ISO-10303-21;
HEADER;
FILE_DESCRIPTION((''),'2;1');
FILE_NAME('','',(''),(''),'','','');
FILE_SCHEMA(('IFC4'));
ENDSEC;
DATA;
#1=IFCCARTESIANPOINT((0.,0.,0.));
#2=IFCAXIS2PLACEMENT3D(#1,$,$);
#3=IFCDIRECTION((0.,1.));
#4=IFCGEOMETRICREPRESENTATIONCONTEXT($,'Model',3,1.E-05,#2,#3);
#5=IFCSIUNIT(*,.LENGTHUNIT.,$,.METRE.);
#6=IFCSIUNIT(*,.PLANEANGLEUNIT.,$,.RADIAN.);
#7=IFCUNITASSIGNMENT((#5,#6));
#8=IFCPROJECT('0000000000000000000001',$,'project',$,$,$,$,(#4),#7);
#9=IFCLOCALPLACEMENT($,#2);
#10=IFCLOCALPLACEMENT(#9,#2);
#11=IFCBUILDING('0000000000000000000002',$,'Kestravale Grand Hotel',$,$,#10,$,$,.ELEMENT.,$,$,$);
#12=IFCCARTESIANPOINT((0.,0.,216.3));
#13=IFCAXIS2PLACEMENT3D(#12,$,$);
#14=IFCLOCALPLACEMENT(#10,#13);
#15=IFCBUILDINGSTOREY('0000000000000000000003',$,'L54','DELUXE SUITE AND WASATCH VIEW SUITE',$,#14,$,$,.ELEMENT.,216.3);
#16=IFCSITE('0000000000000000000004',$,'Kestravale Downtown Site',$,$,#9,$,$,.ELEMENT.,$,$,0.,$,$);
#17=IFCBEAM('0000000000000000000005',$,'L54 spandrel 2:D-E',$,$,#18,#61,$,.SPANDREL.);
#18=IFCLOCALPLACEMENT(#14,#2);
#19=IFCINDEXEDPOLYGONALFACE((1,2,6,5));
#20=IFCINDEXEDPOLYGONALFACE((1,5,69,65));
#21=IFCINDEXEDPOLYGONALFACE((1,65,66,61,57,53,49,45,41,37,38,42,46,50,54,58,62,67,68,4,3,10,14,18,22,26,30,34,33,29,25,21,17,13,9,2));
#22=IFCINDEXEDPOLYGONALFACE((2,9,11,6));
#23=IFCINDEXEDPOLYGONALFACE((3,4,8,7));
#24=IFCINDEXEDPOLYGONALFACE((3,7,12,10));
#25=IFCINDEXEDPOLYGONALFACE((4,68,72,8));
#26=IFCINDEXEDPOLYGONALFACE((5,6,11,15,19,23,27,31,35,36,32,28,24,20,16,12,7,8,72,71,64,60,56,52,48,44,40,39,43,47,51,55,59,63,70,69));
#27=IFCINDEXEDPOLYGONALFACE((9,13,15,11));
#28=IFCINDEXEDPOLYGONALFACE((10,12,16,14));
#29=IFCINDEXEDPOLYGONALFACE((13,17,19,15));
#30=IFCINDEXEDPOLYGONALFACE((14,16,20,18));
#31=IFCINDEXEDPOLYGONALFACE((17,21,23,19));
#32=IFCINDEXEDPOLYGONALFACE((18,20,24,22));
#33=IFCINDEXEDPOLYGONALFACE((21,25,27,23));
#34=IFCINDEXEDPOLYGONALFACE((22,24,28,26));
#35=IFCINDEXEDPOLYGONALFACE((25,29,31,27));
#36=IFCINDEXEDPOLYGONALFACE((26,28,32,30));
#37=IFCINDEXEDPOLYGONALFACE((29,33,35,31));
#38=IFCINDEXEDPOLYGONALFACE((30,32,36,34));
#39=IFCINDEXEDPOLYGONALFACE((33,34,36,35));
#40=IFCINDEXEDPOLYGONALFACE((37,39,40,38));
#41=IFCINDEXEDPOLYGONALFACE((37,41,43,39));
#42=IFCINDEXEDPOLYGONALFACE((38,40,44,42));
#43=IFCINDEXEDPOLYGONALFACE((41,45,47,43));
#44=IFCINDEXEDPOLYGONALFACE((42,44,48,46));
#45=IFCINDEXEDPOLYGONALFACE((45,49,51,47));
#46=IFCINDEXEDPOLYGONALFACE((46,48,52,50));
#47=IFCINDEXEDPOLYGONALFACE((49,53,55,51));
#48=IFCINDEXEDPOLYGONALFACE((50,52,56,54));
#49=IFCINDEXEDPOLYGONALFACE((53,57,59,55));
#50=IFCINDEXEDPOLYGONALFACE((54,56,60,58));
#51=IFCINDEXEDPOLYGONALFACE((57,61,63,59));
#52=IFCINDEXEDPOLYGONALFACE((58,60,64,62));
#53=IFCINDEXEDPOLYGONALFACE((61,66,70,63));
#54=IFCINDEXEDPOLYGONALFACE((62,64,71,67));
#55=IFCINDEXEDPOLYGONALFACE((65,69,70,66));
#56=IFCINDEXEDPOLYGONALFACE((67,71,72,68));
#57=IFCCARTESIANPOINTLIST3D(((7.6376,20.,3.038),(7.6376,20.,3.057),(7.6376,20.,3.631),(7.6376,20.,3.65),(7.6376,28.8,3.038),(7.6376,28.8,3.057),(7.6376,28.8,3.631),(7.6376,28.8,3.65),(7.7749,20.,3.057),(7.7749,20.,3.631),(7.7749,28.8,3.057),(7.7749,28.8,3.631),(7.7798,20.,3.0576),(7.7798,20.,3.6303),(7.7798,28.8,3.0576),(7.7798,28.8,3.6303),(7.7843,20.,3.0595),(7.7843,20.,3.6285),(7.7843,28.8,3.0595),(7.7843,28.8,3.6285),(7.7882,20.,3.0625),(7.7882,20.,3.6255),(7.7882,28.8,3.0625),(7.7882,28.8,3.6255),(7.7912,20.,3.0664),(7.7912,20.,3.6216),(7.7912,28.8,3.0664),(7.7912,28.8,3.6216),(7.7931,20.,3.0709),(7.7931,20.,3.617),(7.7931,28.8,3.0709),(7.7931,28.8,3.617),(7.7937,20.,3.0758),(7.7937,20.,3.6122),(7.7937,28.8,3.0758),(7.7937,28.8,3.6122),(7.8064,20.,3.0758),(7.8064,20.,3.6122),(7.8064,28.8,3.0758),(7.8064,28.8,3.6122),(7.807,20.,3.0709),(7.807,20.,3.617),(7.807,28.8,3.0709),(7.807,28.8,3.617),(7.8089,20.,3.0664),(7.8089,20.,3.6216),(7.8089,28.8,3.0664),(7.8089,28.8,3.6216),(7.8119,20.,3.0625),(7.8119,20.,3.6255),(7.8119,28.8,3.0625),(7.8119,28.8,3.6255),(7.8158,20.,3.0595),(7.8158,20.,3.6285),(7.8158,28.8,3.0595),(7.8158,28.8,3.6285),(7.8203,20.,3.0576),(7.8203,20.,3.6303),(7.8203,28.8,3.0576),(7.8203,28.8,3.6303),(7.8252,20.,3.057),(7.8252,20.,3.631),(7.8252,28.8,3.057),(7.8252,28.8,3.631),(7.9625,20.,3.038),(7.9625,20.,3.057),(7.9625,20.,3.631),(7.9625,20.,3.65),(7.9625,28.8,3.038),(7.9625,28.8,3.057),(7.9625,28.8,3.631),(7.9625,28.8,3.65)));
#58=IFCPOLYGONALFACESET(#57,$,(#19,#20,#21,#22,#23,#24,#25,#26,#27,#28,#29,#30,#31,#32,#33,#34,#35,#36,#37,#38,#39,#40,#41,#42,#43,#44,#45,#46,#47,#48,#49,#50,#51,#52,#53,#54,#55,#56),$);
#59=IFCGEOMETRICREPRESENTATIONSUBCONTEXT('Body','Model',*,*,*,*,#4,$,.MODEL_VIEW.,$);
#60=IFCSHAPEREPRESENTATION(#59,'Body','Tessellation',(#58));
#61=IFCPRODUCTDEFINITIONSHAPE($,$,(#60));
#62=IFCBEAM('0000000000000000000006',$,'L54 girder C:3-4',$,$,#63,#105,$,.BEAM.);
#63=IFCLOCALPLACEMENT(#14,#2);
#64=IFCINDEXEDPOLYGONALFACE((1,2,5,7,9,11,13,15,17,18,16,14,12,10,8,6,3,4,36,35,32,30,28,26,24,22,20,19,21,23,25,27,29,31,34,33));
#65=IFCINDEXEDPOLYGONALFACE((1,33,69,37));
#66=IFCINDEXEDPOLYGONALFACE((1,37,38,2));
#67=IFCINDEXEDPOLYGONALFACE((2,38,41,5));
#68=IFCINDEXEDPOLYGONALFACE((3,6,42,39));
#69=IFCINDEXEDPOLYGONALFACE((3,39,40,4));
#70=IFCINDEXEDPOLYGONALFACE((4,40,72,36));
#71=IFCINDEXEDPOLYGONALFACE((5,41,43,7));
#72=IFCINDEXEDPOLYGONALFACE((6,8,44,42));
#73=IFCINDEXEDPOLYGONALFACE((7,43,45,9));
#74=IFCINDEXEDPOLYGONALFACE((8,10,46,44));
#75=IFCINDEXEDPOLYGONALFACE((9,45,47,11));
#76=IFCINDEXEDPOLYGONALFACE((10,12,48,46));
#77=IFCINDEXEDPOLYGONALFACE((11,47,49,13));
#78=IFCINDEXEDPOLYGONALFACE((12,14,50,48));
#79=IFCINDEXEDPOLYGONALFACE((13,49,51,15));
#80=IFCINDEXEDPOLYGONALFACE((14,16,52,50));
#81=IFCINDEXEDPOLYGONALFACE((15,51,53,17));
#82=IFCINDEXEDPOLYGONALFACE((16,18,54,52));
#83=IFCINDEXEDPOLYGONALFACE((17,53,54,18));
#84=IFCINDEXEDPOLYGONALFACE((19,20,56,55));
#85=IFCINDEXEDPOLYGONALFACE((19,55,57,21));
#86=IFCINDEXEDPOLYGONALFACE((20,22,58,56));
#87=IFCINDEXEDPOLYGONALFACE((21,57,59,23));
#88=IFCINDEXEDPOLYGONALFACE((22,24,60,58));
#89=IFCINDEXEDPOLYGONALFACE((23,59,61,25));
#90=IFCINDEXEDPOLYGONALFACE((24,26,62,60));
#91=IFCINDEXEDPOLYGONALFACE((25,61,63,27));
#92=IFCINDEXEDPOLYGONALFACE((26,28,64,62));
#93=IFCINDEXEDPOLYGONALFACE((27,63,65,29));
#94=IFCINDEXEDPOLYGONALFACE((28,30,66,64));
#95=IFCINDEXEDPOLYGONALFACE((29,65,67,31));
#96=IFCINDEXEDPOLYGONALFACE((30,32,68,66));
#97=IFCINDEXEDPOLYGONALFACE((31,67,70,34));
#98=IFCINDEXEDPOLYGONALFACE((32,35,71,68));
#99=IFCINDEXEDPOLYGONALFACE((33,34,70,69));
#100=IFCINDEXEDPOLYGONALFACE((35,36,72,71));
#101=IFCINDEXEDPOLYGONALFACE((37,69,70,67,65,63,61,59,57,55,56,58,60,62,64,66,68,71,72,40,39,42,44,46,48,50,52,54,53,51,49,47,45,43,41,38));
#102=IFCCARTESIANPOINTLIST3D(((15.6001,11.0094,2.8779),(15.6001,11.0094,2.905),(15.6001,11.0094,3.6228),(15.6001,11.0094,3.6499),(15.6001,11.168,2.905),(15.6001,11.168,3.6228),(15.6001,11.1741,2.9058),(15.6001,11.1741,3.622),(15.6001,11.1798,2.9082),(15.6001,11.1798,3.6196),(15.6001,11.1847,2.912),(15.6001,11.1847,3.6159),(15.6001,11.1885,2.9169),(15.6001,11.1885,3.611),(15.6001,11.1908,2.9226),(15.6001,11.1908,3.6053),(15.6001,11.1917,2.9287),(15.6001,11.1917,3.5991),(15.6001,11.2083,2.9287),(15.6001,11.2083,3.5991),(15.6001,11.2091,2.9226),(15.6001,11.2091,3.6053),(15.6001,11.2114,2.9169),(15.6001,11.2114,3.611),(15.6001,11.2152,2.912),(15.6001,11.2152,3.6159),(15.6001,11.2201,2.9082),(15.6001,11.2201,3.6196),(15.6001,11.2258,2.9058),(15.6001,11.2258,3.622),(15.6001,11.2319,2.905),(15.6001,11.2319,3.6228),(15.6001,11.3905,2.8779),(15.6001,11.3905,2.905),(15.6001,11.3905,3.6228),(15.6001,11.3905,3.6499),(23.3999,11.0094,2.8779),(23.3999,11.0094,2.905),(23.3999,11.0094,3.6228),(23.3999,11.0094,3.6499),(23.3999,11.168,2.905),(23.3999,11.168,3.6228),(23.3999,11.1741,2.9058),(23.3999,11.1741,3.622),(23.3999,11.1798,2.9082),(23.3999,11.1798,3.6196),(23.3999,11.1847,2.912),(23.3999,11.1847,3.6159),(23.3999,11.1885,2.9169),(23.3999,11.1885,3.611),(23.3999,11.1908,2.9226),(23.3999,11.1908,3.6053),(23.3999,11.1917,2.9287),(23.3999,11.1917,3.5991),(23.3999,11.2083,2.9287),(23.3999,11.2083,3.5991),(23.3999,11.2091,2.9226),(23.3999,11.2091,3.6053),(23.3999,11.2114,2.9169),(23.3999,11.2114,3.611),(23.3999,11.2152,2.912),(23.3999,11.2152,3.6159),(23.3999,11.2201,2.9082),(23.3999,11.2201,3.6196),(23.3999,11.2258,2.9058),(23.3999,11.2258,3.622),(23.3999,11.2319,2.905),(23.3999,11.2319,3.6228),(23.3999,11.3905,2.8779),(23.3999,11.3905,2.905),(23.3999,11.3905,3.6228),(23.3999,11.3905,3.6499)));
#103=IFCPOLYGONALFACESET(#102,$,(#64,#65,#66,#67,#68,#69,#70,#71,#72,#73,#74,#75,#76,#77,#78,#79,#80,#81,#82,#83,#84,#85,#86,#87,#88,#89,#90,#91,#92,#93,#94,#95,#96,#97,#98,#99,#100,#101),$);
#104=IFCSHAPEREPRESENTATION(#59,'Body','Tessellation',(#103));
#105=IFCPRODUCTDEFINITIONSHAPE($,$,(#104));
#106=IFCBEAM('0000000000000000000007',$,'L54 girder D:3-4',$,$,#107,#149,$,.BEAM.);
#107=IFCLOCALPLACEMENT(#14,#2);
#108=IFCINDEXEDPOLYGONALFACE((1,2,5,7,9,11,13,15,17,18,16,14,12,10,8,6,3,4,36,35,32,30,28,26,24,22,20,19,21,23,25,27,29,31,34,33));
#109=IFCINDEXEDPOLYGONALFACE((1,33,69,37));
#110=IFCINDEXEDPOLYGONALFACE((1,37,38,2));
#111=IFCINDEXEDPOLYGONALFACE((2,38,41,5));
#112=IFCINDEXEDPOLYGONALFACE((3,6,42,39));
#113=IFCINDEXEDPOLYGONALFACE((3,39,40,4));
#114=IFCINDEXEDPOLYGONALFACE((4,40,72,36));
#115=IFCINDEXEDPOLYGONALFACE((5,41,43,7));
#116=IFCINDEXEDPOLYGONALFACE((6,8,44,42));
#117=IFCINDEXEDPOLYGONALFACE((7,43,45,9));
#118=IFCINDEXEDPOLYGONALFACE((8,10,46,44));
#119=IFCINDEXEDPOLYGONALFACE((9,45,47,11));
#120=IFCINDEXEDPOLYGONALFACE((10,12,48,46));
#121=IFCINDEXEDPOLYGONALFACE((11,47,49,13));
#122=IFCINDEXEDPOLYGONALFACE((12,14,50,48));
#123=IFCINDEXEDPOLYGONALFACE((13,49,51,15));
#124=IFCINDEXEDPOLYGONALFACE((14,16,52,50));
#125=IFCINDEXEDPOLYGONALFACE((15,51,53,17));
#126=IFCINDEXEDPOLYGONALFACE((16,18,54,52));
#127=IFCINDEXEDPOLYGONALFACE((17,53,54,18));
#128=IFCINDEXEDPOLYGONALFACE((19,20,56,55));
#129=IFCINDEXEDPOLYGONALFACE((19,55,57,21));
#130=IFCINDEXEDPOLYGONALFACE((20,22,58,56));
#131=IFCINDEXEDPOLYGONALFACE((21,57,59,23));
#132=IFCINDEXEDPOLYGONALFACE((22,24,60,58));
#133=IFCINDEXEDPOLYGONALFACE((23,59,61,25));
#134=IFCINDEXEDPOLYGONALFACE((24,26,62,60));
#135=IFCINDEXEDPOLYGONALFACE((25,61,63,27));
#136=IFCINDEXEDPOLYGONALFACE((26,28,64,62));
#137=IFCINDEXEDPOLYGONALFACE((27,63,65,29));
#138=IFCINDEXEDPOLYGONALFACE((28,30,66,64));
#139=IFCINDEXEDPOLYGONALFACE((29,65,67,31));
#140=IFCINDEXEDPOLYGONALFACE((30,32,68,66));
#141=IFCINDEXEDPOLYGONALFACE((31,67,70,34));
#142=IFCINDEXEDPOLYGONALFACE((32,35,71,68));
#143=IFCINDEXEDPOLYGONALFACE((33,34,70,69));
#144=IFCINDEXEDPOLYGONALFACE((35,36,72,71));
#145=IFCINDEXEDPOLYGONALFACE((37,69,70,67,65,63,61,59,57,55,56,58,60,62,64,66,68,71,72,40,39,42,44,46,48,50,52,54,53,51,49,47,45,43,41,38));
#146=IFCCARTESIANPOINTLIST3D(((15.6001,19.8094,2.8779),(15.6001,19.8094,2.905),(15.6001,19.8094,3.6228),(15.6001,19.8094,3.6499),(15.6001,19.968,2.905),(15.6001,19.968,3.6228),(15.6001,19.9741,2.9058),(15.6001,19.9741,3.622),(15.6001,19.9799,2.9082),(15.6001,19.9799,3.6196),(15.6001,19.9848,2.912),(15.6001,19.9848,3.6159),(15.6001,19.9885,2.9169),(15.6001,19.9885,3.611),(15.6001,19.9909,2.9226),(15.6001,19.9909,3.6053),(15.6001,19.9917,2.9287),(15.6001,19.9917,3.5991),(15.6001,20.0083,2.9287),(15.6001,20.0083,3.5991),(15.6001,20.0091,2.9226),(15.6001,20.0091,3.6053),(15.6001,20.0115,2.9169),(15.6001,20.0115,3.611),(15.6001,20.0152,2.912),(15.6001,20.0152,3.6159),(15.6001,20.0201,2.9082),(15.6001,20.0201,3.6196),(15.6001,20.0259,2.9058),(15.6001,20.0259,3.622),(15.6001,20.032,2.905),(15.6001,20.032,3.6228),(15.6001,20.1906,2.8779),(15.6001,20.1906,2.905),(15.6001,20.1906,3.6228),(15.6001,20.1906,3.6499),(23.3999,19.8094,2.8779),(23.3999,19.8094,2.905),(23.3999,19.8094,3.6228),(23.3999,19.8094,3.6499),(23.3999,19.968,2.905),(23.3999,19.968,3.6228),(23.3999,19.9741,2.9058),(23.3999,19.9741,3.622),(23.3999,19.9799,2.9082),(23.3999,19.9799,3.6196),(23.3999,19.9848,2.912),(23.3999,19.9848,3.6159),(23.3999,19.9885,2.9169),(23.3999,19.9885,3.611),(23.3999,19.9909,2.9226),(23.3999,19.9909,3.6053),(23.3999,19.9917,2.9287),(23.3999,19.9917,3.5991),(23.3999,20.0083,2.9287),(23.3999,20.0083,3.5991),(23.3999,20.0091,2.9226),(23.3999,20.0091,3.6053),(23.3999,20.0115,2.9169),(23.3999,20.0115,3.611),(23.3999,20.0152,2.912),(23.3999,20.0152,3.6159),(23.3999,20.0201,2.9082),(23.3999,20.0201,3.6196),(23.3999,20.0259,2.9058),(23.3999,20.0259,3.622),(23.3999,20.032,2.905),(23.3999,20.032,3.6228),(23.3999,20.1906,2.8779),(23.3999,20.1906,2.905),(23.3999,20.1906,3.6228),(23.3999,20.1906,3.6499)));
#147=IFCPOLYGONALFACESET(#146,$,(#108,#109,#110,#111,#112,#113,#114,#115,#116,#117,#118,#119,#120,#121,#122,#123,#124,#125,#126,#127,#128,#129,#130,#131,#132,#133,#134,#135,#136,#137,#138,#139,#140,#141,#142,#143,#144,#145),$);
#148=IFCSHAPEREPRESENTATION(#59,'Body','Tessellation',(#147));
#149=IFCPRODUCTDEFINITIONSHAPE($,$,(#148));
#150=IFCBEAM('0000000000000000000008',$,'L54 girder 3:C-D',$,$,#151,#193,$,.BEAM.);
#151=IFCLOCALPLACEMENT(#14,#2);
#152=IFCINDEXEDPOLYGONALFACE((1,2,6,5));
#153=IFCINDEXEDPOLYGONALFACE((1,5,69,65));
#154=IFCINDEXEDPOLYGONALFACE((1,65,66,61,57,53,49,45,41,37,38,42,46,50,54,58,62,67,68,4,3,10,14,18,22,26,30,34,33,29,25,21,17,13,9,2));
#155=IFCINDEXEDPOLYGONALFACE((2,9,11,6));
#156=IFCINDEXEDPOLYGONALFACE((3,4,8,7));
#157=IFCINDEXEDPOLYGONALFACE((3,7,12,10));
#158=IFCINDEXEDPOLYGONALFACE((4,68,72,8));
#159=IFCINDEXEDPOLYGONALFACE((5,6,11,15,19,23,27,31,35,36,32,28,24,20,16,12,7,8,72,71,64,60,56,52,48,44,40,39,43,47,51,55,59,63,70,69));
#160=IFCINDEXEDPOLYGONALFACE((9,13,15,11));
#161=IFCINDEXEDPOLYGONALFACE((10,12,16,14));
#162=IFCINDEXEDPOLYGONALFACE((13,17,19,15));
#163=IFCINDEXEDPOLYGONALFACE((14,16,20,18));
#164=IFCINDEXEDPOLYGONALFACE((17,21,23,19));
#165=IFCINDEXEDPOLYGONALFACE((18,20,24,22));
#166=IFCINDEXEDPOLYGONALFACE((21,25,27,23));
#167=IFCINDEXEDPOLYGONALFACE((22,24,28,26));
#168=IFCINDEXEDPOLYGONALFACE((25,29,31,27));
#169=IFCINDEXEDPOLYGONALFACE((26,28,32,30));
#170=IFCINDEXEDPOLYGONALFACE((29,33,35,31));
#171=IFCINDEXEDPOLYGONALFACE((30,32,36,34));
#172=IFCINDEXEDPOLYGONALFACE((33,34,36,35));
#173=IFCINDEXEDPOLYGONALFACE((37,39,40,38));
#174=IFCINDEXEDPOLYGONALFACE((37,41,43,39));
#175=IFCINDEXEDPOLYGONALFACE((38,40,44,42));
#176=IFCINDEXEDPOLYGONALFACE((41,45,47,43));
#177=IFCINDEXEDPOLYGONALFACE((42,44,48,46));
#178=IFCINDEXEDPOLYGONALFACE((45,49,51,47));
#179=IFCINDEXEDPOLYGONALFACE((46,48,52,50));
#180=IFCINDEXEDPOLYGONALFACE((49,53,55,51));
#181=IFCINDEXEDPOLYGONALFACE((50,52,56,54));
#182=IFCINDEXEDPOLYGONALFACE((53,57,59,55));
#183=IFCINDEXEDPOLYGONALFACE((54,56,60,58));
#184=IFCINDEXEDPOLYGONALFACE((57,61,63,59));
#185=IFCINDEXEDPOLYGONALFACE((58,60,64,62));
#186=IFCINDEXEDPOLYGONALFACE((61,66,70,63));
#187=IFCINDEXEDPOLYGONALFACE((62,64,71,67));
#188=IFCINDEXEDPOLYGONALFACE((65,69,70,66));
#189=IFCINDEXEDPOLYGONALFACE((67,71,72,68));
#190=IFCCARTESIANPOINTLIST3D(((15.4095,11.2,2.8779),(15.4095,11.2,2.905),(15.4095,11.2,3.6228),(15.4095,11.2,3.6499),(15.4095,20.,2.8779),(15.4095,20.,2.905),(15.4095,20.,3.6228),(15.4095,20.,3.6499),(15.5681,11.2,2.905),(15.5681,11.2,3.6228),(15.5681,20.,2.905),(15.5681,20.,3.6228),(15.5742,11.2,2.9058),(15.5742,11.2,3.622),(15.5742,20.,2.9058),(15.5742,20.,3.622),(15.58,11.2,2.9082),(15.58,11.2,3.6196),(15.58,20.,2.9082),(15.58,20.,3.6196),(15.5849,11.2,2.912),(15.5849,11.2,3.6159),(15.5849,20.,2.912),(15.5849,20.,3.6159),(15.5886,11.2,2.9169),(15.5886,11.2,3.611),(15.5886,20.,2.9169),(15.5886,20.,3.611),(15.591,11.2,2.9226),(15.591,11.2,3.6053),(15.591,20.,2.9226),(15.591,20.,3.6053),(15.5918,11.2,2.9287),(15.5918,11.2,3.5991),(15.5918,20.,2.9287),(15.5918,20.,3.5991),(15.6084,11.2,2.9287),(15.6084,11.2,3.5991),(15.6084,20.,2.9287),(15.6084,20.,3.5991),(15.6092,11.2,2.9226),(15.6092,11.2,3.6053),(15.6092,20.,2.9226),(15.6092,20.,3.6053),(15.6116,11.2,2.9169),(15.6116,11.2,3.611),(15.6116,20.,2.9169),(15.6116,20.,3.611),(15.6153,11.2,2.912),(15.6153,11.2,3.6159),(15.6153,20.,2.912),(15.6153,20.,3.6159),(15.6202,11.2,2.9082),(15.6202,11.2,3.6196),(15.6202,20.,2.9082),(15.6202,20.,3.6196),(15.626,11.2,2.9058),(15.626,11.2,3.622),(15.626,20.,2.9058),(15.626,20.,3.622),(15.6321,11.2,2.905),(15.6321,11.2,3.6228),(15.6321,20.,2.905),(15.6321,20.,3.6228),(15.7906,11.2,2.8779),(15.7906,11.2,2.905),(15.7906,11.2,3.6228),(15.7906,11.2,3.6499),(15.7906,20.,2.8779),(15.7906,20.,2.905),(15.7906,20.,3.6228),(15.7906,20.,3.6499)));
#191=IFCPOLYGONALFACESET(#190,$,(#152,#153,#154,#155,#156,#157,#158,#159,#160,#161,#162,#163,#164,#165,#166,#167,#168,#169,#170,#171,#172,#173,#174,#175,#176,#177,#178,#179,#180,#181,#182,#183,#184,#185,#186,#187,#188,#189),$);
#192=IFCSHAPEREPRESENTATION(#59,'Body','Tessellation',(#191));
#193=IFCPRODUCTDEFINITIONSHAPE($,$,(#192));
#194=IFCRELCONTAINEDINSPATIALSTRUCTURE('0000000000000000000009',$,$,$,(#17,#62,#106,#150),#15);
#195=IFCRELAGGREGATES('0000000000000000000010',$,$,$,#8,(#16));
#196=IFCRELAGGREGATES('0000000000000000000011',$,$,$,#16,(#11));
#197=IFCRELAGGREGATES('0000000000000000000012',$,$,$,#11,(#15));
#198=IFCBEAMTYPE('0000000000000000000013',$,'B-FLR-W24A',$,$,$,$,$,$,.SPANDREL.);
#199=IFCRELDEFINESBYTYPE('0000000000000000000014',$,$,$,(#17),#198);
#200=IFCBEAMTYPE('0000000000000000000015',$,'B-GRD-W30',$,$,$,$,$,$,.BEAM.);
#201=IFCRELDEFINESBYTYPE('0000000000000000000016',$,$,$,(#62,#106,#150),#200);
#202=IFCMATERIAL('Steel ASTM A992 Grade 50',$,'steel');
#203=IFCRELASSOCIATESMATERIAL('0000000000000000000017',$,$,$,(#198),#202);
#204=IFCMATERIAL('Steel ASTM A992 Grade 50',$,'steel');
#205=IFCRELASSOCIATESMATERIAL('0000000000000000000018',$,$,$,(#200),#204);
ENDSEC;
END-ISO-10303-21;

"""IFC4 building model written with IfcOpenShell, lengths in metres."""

from ifc_helpers import new_model, si_unit, direction, frame, origin, origin_2d, place, context, subcontext, project, spatial, i_section, extrude, material, material_profile, profile_set, type_object, element, save


model = new_model("IFC4")

# Units and contexts
model_context = context("Model", 3, precision=1e-05, world=origin(), true_north=direction((0.0, 1.0)))
body_context = subcontext(model_context, "Body", "Model", "MODEL_VIEW")
ifc_project = project(units=[si_unit("LENGTHUNIT", "METRE"), si_unit("PLANEANGLEUNIT", "RADIAN")], contexts=[model_context])

# Site, building, storey
site_placement = place(None, origin())
site = spatial("IfcSite", under=ifc_project, at=site_placement, Name="Kestravale Downtown Site", CompositionType="ELEMENT", RefElevation=0.0)
building_placement = place(site_placement, origin())
building = spatial("IfcBuilding", under=site, at=building_placement, Name="Kestravale Grand Hotel", CompositionType="ELEMENT")
storey_placement = place(building_placement, frame((0.0, 0.0, 216.3)))
storey = spatial("IfcBuildingStorey", under=building, at=storey_placement, Name="L54", Description="DELUXE SUITE AND WASATCH VIEW SUITE", CompositionType="ELEMENT", Elevation=216.3)

# Beams
ifc_material_1 = material(Name="Steel ASTM A992 Grade 50", Category="steel")
ifc_material_profile_1 = material_profile(ifc_material_1, i_section(OverallWidth=0.325, OverallDepth=0.6121, WebThickness=0.0127, FlangeThickness=0.019, FilletRadius=0.0188, at=origin_2d()))
ifc_profile_set_1 = profile_set([ifc_material_profile_1], Name="Steel ASTM A992 Grade 50")
beam_type_1 = type_object("IfcBeamType", Name="B-FLR-W24A", PredefinedType="SPANDREL", material=ifc_profile_set_1)
beam_1_placement = place(storey_placement, frame((7.8, 20.0, 3.344), z_axis=(0.0, 1.0, 0.0), x_axis=(-1.0, 0.0, 0.0)))
element("IfcBeam", 1, at=beam_1_placement, inside=storey, type_object=beam_type_1, Name="L54 spandrel 2:D-E", PredefinedType="SPANDREL", context=body_context, shape_type="SweptSolid", body=[
    extrude(i_section(OverallWidth=0.325, OverallDepth=0.6121, WebThickness=0.0127, FlangeThickness=0.019, FilletRadius=0.0188, at=origin_2d()), origin(), (0.0, 0.0, 1.0), 8.8),
])
ifc_material_2 = material(Name="Steel ASTM A992 Grade 50", Category="steel")
ifc_material_profile_2 = material_profile(ifc_material_2, i_section(OverallWidth=0.3811, OverallDepth=0.772, WebThickness=0.0166, FlangeThickness=0.0271, FilletRadius=0.0237, at=origin_2d()))
ifc_profile_set_2 = profile_set([ifc_material_profile_2], Name="Steel ASTM A992 Grade 50")
beam_type_2 = type_object("IfcBeamType", Name="B-GRD-W30", PredefinedType="BEAM", material=ifc_profile_set_2)
for number, where, z_axis, x_axis, name in (
    (2, (15.6001, 11.2, 3.2639), (1.0, 0.0, 0.0), (0.0, 1.0, 0.0), "L54 girder C:3-4"),
    (3, (15.6001, 20.0, 3.2639), (1.0, 0.0, 0.0), (0.0, 1.0, 0.0), "L54 girder D:3-4"),
):
    element("IfcBeam", number, at=place(storey_placement, frame(where, z_axis=z_axis, x_axis=x_axis)), inside=storey, type_object=beam_type_2, Name=name, PredefinedType="BEAM", context=body_context, shape_type="SweptSolid", body=[
        extrude(i_section(OverallWidth=0.3811, OverallDepth=0.772, WebThickness=0.0166, FlangeThickness=0.0271, FilletRadius=0.0237, at=origin_2d()), origin(), (0.0, 0.0, 1.0), 7.7998),
    ])
for number, where, z_axis, x_axis, name in (
    (4, (15.6001, 11.2, 3.2639), (0.0, 1.0, 0.0), (-1.0, 0.0, 0.0), "L54 girder 3:C-D"),
):
    element("IfcBeam", number, at=place(storey_placement, frame(where, z_axis=z_axis, x_axis=x_axis)), inside=storey, type_object=beam_type_2, Name=name, PredefinedType="BEAM", context=body_context, shape_type="SweptSolid", body=[
        extrude(i_section(OverallWidth=0.3811, OverallDepth=0.772, WebThickness=0.0166, FlangeThickness=0.0271, FilletRadius=0.0237, at=origin_2d()), origin(), (0.0, 0.0, 1.0), 8.8),
    ])

save(model, "model.ifc")
